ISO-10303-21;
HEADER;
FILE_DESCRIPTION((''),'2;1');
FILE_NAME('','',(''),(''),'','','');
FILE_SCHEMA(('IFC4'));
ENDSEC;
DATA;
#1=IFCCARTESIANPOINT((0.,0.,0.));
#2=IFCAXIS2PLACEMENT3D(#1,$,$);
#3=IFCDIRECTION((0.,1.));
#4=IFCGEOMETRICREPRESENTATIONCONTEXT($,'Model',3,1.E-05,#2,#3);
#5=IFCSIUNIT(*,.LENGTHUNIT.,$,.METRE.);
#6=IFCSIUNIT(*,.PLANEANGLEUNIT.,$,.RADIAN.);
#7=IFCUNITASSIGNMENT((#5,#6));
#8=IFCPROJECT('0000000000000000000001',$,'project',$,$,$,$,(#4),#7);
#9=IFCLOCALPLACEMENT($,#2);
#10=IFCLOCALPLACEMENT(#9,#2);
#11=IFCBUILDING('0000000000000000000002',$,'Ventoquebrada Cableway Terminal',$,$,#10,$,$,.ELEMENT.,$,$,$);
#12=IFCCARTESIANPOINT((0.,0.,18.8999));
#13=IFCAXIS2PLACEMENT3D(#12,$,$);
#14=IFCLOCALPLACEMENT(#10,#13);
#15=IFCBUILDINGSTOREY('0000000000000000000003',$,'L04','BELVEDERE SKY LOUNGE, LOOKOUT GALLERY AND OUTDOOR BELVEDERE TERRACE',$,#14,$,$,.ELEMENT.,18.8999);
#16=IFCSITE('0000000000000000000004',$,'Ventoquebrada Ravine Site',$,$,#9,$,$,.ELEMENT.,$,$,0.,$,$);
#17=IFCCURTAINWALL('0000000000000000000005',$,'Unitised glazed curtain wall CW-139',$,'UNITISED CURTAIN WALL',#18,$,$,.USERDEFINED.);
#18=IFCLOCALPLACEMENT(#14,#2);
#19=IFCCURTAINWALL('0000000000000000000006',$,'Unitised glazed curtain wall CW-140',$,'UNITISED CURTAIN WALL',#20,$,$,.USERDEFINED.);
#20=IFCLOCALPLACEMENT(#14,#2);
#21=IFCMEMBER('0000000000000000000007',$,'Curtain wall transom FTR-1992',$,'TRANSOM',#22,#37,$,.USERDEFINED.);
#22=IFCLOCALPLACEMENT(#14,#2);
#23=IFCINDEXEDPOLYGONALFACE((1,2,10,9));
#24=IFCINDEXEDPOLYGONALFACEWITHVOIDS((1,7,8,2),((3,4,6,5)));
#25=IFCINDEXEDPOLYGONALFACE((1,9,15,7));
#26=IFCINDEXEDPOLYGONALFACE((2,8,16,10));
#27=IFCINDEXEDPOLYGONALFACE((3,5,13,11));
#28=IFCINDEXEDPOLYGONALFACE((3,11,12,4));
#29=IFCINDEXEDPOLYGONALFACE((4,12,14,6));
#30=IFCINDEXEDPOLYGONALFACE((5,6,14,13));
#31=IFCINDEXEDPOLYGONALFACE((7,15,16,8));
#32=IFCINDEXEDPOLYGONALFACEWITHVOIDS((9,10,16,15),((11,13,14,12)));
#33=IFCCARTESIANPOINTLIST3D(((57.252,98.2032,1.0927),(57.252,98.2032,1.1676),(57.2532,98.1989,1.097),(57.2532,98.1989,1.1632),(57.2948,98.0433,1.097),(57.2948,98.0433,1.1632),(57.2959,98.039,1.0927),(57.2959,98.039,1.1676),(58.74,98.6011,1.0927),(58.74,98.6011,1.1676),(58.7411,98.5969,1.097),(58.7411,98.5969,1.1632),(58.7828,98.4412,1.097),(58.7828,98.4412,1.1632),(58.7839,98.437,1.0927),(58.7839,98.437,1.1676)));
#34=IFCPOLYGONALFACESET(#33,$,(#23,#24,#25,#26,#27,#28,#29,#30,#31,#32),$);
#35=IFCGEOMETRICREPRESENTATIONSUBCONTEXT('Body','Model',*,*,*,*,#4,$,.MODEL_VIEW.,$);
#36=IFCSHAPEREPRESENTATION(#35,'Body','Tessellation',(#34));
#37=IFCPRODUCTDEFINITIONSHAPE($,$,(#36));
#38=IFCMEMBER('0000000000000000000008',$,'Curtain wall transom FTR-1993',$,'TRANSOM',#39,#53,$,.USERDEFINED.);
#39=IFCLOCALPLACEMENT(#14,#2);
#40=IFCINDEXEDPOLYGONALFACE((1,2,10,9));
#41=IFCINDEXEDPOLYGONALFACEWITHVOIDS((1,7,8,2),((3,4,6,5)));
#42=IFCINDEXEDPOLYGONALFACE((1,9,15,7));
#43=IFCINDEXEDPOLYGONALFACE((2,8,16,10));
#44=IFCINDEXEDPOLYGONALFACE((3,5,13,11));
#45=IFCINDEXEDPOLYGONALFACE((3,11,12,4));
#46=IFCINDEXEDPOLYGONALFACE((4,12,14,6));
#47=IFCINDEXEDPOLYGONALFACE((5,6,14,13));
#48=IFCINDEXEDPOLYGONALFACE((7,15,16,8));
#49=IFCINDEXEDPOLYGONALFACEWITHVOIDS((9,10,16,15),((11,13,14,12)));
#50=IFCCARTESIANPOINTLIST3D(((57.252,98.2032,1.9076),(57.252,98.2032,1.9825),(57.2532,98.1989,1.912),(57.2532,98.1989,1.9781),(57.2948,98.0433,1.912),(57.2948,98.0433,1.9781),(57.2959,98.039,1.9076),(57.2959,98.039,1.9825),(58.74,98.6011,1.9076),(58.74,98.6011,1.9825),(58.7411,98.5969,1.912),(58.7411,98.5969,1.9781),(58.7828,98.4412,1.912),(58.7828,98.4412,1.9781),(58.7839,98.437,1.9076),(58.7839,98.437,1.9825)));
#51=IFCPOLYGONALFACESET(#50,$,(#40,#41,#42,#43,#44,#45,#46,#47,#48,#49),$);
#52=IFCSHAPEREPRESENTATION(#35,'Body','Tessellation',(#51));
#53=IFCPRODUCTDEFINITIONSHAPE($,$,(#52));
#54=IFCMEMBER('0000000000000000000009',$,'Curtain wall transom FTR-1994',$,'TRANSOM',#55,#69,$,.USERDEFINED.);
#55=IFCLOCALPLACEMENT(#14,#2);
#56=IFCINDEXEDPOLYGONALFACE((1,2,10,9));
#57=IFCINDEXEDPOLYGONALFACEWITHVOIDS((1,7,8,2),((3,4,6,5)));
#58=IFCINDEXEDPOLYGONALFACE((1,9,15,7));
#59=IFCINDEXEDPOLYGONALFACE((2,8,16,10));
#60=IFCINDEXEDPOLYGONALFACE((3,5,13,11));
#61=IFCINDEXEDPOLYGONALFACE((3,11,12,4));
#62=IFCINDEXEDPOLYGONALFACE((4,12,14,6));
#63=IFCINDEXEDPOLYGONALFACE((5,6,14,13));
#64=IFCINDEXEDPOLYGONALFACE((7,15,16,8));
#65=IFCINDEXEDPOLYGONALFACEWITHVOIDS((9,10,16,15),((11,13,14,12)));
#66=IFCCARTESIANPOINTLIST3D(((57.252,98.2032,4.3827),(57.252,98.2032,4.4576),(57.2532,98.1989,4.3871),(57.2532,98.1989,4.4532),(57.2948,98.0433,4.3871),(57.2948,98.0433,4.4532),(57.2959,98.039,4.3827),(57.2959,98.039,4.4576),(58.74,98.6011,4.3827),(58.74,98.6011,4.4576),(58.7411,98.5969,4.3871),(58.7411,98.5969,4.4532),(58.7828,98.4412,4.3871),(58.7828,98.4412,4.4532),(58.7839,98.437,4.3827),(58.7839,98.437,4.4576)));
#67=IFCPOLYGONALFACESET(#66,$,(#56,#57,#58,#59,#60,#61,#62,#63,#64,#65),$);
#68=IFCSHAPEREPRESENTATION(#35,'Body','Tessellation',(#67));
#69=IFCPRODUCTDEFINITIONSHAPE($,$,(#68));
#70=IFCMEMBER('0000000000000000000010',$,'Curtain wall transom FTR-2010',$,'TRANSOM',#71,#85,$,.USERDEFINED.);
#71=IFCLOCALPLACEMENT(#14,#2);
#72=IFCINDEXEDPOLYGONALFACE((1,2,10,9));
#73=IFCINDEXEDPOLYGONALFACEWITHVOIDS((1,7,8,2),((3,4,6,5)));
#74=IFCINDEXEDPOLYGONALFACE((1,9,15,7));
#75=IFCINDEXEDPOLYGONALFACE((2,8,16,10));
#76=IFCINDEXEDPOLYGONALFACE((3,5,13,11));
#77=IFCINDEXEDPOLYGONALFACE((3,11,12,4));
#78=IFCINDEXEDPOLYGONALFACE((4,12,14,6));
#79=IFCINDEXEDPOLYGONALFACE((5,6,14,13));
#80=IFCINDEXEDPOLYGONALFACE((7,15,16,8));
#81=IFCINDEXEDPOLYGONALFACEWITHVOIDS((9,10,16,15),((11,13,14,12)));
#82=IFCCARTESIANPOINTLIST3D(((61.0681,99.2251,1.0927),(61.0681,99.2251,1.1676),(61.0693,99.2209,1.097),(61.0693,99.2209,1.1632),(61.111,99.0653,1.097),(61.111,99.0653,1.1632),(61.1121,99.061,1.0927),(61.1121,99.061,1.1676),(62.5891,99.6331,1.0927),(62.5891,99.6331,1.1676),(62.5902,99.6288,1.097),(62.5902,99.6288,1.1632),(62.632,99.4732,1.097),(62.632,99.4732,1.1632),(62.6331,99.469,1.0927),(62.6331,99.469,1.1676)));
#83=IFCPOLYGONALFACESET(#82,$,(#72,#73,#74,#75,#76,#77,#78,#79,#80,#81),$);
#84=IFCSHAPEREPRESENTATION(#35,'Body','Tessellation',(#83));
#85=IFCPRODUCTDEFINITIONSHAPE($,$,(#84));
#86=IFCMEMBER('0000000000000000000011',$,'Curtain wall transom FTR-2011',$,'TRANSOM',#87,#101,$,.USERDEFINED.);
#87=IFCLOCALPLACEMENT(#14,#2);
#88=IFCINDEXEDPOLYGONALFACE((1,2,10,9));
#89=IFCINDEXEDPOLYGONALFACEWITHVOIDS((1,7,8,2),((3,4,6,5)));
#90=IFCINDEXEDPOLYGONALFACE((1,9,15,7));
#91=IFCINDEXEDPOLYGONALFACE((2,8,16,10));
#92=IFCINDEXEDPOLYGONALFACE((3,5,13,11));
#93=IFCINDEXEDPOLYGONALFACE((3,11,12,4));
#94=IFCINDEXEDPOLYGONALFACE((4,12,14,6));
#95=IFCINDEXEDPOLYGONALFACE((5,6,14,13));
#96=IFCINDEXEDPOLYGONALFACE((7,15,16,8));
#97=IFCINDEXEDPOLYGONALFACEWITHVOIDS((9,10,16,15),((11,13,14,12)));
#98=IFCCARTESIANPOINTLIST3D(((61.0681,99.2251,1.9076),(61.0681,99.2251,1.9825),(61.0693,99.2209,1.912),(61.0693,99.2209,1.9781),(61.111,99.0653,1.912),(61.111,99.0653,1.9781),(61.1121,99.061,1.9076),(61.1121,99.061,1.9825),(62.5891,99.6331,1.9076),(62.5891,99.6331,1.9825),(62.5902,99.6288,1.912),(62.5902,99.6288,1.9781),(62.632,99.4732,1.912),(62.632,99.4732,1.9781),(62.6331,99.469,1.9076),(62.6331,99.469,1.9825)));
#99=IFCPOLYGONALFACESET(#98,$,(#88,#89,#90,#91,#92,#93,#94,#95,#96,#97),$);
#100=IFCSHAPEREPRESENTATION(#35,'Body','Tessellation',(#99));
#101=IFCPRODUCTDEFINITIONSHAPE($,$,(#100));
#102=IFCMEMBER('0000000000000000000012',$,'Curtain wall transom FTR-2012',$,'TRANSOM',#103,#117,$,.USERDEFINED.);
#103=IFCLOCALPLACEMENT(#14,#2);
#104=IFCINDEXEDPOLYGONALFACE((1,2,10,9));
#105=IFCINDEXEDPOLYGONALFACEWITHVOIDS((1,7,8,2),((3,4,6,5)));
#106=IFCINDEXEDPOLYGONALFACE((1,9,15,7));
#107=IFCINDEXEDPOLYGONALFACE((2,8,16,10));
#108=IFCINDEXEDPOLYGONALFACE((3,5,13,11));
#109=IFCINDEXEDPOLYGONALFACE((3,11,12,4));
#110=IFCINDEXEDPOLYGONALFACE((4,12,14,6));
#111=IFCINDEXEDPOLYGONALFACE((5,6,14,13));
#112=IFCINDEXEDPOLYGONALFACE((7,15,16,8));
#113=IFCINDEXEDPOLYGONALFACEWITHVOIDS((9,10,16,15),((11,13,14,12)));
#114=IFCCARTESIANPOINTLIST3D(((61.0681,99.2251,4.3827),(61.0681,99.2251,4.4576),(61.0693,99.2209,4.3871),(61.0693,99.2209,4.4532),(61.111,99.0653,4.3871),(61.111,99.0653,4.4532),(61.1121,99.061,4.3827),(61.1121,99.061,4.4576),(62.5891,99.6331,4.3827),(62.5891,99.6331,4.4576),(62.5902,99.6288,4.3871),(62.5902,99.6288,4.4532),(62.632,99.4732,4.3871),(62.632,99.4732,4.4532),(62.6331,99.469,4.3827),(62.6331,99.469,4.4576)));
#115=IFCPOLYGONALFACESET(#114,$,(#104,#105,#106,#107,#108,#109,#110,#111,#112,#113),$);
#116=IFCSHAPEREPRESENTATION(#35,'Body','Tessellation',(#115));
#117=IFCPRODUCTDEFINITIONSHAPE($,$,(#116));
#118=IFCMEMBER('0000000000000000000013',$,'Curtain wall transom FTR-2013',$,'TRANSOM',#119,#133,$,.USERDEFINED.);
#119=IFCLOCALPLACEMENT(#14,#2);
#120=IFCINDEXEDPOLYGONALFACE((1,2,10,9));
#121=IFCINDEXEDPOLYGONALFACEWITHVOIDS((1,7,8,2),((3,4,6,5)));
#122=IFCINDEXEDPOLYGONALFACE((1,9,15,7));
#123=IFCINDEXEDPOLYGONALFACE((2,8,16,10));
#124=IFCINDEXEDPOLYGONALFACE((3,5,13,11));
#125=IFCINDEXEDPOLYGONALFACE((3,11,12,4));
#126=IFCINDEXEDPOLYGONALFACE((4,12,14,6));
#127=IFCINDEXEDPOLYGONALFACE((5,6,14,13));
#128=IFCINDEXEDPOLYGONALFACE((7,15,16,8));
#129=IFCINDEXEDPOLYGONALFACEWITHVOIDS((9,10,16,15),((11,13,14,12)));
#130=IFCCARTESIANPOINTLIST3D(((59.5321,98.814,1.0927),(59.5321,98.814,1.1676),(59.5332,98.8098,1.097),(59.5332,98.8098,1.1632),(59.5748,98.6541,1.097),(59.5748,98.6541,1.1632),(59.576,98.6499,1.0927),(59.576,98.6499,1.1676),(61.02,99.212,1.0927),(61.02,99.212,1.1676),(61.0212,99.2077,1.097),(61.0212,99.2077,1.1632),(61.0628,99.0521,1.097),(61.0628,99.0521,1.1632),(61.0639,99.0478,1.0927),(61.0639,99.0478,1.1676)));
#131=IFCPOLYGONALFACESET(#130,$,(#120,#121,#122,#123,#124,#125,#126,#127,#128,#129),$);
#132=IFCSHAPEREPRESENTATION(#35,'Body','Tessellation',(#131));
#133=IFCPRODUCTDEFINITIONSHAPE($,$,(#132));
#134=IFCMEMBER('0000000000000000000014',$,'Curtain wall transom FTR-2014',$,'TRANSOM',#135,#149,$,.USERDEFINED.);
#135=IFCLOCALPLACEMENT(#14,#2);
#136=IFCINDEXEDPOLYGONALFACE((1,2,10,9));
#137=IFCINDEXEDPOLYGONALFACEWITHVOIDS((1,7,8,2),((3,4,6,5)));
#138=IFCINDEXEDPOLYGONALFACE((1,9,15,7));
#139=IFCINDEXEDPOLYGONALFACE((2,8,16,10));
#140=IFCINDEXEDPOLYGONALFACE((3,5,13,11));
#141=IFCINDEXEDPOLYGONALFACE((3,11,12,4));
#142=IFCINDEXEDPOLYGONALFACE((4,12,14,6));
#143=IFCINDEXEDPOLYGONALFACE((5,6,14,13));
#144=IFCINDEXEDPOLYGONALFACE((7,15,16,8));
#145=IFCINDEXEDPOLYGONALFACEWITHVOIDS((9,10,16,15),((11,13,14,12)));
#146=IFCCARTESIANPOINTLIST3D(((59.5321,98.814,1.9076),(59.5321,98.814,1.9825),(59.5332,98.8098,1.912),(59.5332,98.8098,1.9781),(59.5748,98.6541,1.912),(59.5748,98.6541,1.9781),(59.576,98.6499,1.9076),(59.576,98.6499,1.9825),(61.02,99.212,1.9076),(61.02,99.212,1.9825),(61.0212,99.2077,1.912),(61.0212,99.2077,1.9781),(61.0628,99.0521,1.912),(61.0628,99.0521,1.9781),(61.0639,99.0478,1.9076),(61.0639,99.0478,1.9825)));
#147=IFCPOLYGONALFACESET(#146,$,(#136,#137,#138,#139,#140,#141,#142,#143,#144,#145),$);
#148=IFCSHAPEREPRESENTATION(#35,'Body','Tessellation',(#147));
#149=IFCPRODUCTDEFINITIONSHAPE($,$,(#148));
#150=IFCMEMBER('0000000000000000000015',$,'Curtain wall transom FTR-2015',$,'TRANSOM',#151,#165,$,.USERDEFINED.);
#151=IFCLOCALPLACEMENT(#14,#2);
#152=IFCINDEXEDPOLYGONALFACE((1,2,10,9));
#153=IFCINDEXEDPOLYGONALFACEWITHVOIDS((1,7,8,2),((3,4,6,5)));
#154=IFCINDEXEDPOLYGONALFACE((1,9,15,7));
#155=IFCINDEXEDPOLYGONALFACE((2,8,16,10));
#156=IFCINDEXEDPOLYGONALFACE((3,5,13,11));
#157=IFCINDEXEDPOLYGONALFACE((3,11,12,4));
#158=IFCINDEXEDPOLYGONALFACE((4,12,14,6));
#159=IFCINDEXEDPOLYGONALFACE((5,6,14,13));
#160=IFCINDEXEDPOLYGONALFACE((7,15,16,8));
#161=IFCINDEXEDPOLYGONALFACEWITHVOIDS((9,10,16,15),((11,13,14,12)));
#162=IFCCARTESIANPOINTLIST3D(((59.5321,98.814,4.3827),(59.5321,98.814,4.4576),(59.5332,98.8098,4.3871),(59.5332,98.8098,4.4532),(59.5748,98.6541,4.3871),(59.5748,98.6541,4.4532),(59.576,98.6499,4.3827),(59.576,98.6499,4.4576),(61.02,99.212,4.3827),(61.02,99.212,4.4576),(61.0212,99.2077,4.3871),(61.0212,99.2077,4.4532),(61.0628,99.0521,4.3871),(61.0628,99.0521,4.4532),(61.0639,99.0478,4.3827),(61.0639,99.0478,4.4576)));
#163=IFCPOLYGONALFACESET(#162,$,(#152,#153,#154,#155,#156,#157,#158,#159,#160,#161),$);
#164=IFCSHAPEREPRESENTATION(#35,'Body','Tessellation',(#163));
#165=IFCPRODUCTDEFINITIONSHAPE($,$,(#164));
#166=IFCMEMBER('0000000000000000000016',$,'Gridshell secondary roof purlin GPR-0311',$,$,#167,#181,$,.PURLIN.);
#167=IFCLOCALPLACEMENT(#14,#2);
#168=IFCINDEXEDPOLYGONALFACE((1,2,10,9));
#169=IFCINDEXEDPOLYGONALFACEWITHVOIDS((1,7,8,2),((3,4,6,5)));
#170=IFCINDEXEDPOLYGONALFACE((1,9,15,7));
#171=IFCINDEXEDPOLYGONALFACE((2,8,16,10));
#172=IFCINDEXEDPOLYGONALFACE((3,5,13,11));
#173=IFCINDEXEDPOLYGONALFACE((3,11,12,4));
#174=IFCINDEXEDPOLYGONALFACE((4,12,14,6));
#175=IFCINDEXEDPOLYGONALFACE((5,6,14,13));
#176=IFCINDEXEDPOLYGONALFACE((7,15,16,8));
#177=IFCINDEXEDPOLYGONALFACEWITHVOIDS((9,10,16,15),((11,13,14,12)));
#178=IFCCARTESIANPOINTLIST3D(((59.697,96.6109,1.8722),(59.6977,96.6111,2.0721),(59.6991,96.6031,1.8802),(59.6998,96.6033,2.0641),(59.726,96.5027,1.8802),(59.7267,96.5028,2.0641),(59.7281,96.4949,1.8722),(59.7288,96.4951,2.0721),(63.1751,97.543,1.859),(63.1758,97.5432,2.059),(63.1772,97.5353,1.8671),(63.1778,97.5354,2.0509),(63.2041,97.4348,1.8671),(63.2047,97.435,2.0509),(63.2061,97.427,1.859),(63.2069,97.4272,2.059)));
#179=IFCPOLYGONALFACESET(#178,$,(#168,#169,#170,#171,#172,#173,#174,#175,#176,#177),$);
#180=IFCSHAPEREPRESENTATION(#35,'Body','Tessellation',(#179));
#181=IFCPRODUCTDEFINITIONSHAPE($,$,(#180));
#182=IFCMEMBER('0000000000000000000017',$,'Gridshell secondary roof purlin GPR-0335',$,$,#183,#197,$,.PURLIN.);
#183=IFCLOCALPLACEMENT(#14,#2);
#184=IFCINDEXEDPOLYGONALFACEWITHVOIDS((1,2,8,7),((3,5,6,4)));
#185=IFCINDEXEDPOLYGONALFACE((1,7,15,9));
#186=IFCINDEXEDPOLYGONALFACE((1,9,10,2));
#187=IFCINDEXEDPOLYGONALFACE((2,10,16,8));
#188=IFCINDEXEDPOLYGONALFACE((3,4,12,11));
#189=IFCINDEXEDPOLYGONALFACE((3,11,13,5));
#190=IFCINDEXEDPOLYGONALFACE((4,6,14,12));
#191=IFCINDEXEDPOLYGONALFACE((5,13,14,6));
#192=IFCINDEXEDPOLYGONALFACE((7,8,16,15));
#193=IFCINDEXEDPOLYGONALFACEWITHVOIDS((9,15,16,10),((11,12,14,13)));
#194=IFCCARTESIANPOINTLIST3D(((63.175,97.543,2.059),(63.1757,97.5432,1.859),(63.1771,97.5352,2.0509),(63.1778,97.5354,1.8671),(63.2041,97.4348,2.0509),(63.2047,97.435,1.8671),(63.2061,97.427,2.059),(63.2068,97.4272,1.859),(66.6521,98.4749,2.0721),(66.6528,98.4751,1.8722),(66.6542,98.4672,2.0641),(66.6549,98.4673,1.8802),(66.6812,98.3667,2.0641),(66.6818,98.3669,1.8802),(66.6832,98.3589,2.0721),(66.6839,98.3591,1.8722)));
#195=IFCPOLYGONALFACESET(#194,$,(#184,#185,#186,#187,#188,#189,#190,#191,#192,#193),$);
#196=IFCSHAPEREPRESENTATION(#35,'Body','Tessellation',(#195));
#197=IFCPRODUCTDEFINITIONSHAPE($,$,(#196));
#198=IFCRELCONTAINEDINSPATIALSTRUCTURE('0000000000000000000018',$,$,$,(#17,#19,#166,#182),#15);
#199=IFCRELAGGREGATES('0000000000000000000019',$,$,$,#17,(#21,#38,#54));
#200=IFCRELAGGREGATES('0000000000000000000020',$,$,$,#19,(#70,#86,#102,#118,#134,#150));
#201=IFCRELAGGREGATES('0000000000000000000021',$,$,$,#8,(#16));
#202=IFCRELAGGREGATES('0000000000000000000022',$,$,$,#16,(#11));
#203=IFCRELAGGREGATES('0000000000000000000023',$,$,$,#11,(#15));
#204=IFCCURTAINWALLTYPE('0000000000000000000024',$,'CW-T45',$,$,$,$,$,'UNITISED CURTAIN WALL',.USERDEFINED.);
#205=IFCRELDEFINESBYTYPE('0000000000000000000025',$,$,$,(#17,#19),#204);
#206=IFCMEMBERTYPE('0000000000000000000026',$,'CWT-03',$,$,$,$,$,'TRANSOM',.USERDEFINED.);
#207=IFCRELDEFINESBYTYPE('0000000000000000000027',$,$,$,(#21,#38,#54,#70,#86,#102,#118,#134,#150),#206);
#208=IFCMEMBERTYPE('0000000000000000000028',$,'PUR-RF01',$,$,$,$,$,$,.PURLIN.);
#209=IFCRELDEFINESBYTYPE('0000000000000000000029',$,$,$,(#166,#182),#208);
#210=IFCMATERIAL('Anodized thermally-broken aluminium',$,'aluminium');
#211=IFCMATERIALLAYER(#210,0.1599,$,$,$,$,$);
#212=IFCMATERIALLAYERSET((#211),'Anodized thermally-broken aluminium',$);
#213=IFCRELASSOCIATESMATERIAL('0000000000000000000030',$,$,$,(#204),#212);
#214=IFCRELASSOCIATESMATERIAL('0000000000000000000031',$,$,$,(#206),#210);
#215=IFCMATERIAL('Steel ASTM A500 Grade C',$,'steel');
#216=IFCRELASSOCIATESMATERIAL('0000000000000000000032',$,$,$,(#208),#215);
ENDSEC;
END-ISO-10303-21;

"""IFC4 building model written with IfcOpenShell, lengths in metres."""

from ifc_helpers import new_model, si_unit, direction, frame, origin, origin_2d, place, context, subcontext, project, spatial, hollow_rectangle, extrude, material, layer, layer_set, material_profile, profile_set, type_object, element, aggregate, save


model = new_model("IFC4")

# Units and contexts
model_context = context("Model", 3, precision=1e-05, world=origin(), true_north=direction((0.0, 1.0)))
body_context = subcontext(model_context, "Body", "Model", "MODEL_VIEW")
ifc_project = project(units=[si_unit("LENGTHUNIT", "METRE"), si_unit("PLANEANGLEUNIT", "RADIAN")], contexts=[model_context])

# Site, building, storey
site_placement = place(None, origin())
site = spatial("IfcSite", under=ifc_project, at=site_placement, Name="Ventoquebrada Ravine Site", CompositionType="ELEMENT", RefElevation=0.0)
building_placement = place(site_placement, origin())
building = spatial("IfcBuilding", under=site, at=building_placement, Name="Ventoquebrada Cableway Terminal", CompositionType="ELEMENT")
storey_placement = place(building_placement, frame((0.0, 0.0, 18.8999)))
storey = spatial("IfcBuildingStorey", under=building, at=storey_placement, Name="L04", Description="BELVEDERE SKY LOUNGE, LOOKOUT GALLERY AND OUTDOOR BELVEDERE TERRACE", CompositionType="ELEMENT", Elevation=18.8999)

# Shared definitions
ifc_material_1 = material(Name="Steel ASTM A500 Grade C", Category="steel")

# Curtain walls
ifc_material_2 = material(Name="Anodized thermally-broken aluminium", Category="aluminium")
ifc_layer_1 = layer(ifc_material_2, 0.1599)
ifc_layer_set_1 = layer_set([ifc_layer_1], Name="Anodized thermally-broken aluminium")
curtain_wall_type = type_object("IfcCurtainWallType", Name="CW-T45", ElementType="UNITISED CURTAIN WALL", PredefinedType="USERDEFINED", material=ifc_layer_set_1)
curtain_wall_1_placement = place(storey_placement, origin())
curtain_wall_1 = element("IfcCurtainWall", 1, at=curtain_wall_1_placement, inside=storey, type_object=curtain_wall_type, Name="Unitised glazed curtain wall CW-139", ObjectType="UNITISED CURTAIN WALL", PredefinedType="USERDEFINED")
curtain_wall_2_placement = place(storey_placement, origin())
curtain_wall_2 = element("IfcCurtainWall", 2, at=curtain_wall_2_placement, inside=storey, type_object=curtain_wall_type, Name="Unitised glazed curtain wall CW-140", ObjectType="UNITISED CURTAIN WALL", PredefinedType="USERDEFINED")

# Members
ifc_material_profile_1 = material_profile(ifc_material_2, hollow_rectangle(XDim=0.075, YDim=0.1699, WallThickness=0.0044, at=origin_2d()), Name="CW-TRN-75X170")
ifc_profile_set_1 = profile_set([ifc_material_profile_1], Name="Anodized thermally-broken aluminium")
member_type_1 = type_object("IfcMemberType", Name="CWT-03", ElementType="TRANSOM", PredefinedType="USERDEFINED", material=ifc_profile_set_1)
member_1_placement = place(storey_placement, frame((58.762, 98.519, 1.1301), z_axis=(-0.966051, -0.258353, 0.0), x_axis=(0.0, 0.0, 1.0)))
member_1 = element("IfcMember", 3, at=member_1_placement, type_object=member_type_1, Name="Curtain wall transom FTR-1992", ObjectType="TRANSOM", PredefinedType="USERDEFINED", context=body_context, shape_type="SweptSolid", body=[
    extrude(hollow_rectangle(XDim=0.075, YDim=0.1699, WallThickness=0.0044, at=origin_2d()), origin(), (0.0, 0.0, 1.0), 1.5403),
])
member_2_placement = place(storey_placement, frame((58.762, 98.519, 1.9451), z_axis=(-0.966051, -0.258353, 0.0), x_axis=(0.0, 0.0, 1.0)))
member_2 = element("IfcMember", 4, at=member_2_placement, type_object=member_type_1, Name="Curtain wall transom FTR-1993", ObjectType="TRANSOM", PredefinedType="USERDEFINED", context=body_context, shape_type="SweptSolid", body=[
    extrude(hollow_rectangle(XDim=0.075, YDim=0.1699, WallThickness=0.0044, at=origin_2d()), origin(), (0.0, 0.0, 1.0), 1.5403),
])
member_3_placement = place(storey_placement, frame((58.762, 98.519, 4.4202), z_axis=(-0.966051, -0.258353, 0.0), x_axis=(0.0, 0.0, 1.0)))
member_3 = element("IfcMember", 5, at=member_3_placement, type_object=member_type_1, Name="Curtain wall transom FTR-1994", ObjectType="TRANSOM", PredefinedType="USERDEFINED", context=body_context, shape_type="SweptSolid", body=[
    extrude(hollow_rectangle(XDim=0.075, YDim=0.1699, WallThickness=0.0044, at=origin_2d()), origin(), (0.0, 0.0, 1.0), 1.5403),
])
member_4_placement = place(storey_placement, frame((62.6111, 99.551, 1.1301), z_axis=(-0.965861, -0.259062, 0.0), x_axis=(0.0, 0.0, 1.0)))
member_4 = element("IfcMember", 6, at=member_4_placement, type_object=member_type_1, Name="Curtain wall transom FTR-2010", ObjectType="TRANSOM", PredefinedType="USERDEFINED", context=body_context, shape_type="SweptSolid", body=[
    extrude(hollow_rectangle(XDim=0.075, YDim=0.1699, WallThickness=0.0044, at=origin_2d()), origin(), (0.0, 0.0, 1.0), 1.5747),
])
member_5_placement = place(storey_placement, frame((62.6111, 99.551, 1.9451), z_axis=(-0.965861, -0.259062, 0.0), x_axis=(0.0, 0.0, 1.0)))
member_5 = element("IfcMember", 7, at=member_5_placement, type_object=member_type_1, Name="Curtain wall transom FTR-2011", ObjectType="TRANSOM", PredefinedType="USERDEFINED", context=body_context, shape_type="SweptSolid", body=[
    extrude(hollow_rectangle(XDim=0.075, YDim=0.1699, WallThickness=0.0044, at=origin_2d()), origin(), (0.0, 0.0, 1.0), 1.5747),
])
member_6_placement = place(storey_placement, frame((62.6111, 99.551, 4.4202), z_axis=(-0.965861, -0.259062, 0.0), x_axis=(0.0, 0.0, 1.0)))
member_6 = element("IfcMember", 8, at=member_6_placement, type_object=member_type_1, Name="Curtain wall transom FTR-2012", ObjectType="TRANSOM", PredefinedType="USERDEFINED", context=body_context, shape_type="SweptSolid", body=[
    extrude(hollow_rectangle(XDim=0.075, YDim=0.1699, WallThickness=0.0044, at=origin_2d()), origin(), (0.0, 0.0, 1.0), 1.5747),
])
member_7_placement = place(storey_placement, frame((61.042, 99.1299, 1.1301), z_axis=(-0.966051, -0.258353, 0.0), x_axis=(0.0, 0.0, 1.0)))
member_7 = element("IfcMember", 9, at=member_7_placement, type_object=member_type_1, Name="Curtain wall transom FTR-2013", ObjectType="TRANSOM", PredefinedType="USERDEFINED", context=body_context, shape_type="SweptSolid", body=[
    extrude(hollow_rectangle(XDim=0.075, YDim=0.1699, WallThickness=0.0044, at=origin_2d()), origin(), (0.0, 0.0, 1.0), 1.5403),
])
member_8_placement = place(storey_placement, frame((61.042, 99.1299, 1.9451), z_axis=(-0.966051, -0.258353, 0.0), x_axis=(0.0, 0.0, 1.0)))
member_8 = element("IfcMember", 10, at=member_8_placement, type_object=member_type_1, Name="Curtain wall transom FTR-2014", ObjectType="TRANSOM", PredefinedType="USERDEFINED", context=body_context, shape_type="SweptSolid", body=[
    extrude(hollow_rectangle(XDim=0.075, YDim=0.1699, WallThickness=0.0044, at=origin_2d()), origin(), (0.0, 0.0, 1.0), 1.5403),
])
member_9_placement = place(storey_placement, frame((61.042, 99.1299, 4.4202), z_axis=(-0.966051, -0.258353, 0.0), x_axis=(0.0, 0.0, 1.0)))
member_9 = element("IfcMember", 11, at=member_9_placement, type_object=member_type_1, Name="Curtain wall transom FTR-2015", ObjectType="TRANSOM", PredefinedType="USERDEFINED", context=body_context, shape_type="SweptSolid", body=[
    extrude(hollow_rectangle(XDim=0.075, YDim=0.1699, WallThickness=0.0044, at=origin_2d()), origin(), (0.0, 0.0, 1.0), 1.5403),
])

# Members
ifc_material_profile_2 = material_profile(ifc_material_1, hollow_rectangle(XDim=0.1201, YDim=0.2, WallThickness=0.0081, at=origin_2d()), Name="RHS200X120X8")
ifc_profile_set_2 = profile_set([ifc_material_profile_2], Name="Steel ASTM A500 Grade C")
member_type_2 = type_object("IfcMemberType", Name="PUR-RF01", PredefinedType="PURLIN", material=ifc_profile_set_2)
member_10_placement = place(storey_placement, frame((59.7129, 96.553, 1.9722), z_axis=(0.965906, 0.258868, -0.003661), x_axis=(-0.258869, 0.965912, 0.0)))
element("IfcMember", 12, at=member_10_placement, inside=storey, type_object=member_type_2, Name="Gridshell secondary roof purlin GPR-0311", PredefinedType="PURLIN", context=body_context, shape_type="SweptSolid", body=[
    extrude(hollow_rectangle(XDim=0.1201, YDim=0.2, WallThickness=0.0081, at=origin_2d()), origin(), (0.0, 0.0, 1.0), 3.6008),
])
member_11_placement = place(storey_placement, frame((63.1909, 97.4851, 1.959), z_axis=(0.965905, 0.258872, 0.003662), x_axis=(-0.258874, 0.965911, 0.0)))
element("IfcMember", 13, at=member_11_placement, inside=storey, type_object=member_type_2, Name="Gridshell secondary roof purlin GPR-0335", PredefinedType="PURLIN", context=body_context, shape_type="SweptSolid", body=[
    extrude(hollow_rectangle(XDim=0.1201, YDim=0.2, WallThickness=0.0081, at=origin_2d()), origin(), (0.0, 0.0, 1.0), 3.5999),
])

aggregate(curtain_wall_1, [member_1, member_2, member_3])
aggregate(curtain_wall_2, [member_4, member_5, member_6, member_7, member_8, member_9])

save(model, "model.ifc")
